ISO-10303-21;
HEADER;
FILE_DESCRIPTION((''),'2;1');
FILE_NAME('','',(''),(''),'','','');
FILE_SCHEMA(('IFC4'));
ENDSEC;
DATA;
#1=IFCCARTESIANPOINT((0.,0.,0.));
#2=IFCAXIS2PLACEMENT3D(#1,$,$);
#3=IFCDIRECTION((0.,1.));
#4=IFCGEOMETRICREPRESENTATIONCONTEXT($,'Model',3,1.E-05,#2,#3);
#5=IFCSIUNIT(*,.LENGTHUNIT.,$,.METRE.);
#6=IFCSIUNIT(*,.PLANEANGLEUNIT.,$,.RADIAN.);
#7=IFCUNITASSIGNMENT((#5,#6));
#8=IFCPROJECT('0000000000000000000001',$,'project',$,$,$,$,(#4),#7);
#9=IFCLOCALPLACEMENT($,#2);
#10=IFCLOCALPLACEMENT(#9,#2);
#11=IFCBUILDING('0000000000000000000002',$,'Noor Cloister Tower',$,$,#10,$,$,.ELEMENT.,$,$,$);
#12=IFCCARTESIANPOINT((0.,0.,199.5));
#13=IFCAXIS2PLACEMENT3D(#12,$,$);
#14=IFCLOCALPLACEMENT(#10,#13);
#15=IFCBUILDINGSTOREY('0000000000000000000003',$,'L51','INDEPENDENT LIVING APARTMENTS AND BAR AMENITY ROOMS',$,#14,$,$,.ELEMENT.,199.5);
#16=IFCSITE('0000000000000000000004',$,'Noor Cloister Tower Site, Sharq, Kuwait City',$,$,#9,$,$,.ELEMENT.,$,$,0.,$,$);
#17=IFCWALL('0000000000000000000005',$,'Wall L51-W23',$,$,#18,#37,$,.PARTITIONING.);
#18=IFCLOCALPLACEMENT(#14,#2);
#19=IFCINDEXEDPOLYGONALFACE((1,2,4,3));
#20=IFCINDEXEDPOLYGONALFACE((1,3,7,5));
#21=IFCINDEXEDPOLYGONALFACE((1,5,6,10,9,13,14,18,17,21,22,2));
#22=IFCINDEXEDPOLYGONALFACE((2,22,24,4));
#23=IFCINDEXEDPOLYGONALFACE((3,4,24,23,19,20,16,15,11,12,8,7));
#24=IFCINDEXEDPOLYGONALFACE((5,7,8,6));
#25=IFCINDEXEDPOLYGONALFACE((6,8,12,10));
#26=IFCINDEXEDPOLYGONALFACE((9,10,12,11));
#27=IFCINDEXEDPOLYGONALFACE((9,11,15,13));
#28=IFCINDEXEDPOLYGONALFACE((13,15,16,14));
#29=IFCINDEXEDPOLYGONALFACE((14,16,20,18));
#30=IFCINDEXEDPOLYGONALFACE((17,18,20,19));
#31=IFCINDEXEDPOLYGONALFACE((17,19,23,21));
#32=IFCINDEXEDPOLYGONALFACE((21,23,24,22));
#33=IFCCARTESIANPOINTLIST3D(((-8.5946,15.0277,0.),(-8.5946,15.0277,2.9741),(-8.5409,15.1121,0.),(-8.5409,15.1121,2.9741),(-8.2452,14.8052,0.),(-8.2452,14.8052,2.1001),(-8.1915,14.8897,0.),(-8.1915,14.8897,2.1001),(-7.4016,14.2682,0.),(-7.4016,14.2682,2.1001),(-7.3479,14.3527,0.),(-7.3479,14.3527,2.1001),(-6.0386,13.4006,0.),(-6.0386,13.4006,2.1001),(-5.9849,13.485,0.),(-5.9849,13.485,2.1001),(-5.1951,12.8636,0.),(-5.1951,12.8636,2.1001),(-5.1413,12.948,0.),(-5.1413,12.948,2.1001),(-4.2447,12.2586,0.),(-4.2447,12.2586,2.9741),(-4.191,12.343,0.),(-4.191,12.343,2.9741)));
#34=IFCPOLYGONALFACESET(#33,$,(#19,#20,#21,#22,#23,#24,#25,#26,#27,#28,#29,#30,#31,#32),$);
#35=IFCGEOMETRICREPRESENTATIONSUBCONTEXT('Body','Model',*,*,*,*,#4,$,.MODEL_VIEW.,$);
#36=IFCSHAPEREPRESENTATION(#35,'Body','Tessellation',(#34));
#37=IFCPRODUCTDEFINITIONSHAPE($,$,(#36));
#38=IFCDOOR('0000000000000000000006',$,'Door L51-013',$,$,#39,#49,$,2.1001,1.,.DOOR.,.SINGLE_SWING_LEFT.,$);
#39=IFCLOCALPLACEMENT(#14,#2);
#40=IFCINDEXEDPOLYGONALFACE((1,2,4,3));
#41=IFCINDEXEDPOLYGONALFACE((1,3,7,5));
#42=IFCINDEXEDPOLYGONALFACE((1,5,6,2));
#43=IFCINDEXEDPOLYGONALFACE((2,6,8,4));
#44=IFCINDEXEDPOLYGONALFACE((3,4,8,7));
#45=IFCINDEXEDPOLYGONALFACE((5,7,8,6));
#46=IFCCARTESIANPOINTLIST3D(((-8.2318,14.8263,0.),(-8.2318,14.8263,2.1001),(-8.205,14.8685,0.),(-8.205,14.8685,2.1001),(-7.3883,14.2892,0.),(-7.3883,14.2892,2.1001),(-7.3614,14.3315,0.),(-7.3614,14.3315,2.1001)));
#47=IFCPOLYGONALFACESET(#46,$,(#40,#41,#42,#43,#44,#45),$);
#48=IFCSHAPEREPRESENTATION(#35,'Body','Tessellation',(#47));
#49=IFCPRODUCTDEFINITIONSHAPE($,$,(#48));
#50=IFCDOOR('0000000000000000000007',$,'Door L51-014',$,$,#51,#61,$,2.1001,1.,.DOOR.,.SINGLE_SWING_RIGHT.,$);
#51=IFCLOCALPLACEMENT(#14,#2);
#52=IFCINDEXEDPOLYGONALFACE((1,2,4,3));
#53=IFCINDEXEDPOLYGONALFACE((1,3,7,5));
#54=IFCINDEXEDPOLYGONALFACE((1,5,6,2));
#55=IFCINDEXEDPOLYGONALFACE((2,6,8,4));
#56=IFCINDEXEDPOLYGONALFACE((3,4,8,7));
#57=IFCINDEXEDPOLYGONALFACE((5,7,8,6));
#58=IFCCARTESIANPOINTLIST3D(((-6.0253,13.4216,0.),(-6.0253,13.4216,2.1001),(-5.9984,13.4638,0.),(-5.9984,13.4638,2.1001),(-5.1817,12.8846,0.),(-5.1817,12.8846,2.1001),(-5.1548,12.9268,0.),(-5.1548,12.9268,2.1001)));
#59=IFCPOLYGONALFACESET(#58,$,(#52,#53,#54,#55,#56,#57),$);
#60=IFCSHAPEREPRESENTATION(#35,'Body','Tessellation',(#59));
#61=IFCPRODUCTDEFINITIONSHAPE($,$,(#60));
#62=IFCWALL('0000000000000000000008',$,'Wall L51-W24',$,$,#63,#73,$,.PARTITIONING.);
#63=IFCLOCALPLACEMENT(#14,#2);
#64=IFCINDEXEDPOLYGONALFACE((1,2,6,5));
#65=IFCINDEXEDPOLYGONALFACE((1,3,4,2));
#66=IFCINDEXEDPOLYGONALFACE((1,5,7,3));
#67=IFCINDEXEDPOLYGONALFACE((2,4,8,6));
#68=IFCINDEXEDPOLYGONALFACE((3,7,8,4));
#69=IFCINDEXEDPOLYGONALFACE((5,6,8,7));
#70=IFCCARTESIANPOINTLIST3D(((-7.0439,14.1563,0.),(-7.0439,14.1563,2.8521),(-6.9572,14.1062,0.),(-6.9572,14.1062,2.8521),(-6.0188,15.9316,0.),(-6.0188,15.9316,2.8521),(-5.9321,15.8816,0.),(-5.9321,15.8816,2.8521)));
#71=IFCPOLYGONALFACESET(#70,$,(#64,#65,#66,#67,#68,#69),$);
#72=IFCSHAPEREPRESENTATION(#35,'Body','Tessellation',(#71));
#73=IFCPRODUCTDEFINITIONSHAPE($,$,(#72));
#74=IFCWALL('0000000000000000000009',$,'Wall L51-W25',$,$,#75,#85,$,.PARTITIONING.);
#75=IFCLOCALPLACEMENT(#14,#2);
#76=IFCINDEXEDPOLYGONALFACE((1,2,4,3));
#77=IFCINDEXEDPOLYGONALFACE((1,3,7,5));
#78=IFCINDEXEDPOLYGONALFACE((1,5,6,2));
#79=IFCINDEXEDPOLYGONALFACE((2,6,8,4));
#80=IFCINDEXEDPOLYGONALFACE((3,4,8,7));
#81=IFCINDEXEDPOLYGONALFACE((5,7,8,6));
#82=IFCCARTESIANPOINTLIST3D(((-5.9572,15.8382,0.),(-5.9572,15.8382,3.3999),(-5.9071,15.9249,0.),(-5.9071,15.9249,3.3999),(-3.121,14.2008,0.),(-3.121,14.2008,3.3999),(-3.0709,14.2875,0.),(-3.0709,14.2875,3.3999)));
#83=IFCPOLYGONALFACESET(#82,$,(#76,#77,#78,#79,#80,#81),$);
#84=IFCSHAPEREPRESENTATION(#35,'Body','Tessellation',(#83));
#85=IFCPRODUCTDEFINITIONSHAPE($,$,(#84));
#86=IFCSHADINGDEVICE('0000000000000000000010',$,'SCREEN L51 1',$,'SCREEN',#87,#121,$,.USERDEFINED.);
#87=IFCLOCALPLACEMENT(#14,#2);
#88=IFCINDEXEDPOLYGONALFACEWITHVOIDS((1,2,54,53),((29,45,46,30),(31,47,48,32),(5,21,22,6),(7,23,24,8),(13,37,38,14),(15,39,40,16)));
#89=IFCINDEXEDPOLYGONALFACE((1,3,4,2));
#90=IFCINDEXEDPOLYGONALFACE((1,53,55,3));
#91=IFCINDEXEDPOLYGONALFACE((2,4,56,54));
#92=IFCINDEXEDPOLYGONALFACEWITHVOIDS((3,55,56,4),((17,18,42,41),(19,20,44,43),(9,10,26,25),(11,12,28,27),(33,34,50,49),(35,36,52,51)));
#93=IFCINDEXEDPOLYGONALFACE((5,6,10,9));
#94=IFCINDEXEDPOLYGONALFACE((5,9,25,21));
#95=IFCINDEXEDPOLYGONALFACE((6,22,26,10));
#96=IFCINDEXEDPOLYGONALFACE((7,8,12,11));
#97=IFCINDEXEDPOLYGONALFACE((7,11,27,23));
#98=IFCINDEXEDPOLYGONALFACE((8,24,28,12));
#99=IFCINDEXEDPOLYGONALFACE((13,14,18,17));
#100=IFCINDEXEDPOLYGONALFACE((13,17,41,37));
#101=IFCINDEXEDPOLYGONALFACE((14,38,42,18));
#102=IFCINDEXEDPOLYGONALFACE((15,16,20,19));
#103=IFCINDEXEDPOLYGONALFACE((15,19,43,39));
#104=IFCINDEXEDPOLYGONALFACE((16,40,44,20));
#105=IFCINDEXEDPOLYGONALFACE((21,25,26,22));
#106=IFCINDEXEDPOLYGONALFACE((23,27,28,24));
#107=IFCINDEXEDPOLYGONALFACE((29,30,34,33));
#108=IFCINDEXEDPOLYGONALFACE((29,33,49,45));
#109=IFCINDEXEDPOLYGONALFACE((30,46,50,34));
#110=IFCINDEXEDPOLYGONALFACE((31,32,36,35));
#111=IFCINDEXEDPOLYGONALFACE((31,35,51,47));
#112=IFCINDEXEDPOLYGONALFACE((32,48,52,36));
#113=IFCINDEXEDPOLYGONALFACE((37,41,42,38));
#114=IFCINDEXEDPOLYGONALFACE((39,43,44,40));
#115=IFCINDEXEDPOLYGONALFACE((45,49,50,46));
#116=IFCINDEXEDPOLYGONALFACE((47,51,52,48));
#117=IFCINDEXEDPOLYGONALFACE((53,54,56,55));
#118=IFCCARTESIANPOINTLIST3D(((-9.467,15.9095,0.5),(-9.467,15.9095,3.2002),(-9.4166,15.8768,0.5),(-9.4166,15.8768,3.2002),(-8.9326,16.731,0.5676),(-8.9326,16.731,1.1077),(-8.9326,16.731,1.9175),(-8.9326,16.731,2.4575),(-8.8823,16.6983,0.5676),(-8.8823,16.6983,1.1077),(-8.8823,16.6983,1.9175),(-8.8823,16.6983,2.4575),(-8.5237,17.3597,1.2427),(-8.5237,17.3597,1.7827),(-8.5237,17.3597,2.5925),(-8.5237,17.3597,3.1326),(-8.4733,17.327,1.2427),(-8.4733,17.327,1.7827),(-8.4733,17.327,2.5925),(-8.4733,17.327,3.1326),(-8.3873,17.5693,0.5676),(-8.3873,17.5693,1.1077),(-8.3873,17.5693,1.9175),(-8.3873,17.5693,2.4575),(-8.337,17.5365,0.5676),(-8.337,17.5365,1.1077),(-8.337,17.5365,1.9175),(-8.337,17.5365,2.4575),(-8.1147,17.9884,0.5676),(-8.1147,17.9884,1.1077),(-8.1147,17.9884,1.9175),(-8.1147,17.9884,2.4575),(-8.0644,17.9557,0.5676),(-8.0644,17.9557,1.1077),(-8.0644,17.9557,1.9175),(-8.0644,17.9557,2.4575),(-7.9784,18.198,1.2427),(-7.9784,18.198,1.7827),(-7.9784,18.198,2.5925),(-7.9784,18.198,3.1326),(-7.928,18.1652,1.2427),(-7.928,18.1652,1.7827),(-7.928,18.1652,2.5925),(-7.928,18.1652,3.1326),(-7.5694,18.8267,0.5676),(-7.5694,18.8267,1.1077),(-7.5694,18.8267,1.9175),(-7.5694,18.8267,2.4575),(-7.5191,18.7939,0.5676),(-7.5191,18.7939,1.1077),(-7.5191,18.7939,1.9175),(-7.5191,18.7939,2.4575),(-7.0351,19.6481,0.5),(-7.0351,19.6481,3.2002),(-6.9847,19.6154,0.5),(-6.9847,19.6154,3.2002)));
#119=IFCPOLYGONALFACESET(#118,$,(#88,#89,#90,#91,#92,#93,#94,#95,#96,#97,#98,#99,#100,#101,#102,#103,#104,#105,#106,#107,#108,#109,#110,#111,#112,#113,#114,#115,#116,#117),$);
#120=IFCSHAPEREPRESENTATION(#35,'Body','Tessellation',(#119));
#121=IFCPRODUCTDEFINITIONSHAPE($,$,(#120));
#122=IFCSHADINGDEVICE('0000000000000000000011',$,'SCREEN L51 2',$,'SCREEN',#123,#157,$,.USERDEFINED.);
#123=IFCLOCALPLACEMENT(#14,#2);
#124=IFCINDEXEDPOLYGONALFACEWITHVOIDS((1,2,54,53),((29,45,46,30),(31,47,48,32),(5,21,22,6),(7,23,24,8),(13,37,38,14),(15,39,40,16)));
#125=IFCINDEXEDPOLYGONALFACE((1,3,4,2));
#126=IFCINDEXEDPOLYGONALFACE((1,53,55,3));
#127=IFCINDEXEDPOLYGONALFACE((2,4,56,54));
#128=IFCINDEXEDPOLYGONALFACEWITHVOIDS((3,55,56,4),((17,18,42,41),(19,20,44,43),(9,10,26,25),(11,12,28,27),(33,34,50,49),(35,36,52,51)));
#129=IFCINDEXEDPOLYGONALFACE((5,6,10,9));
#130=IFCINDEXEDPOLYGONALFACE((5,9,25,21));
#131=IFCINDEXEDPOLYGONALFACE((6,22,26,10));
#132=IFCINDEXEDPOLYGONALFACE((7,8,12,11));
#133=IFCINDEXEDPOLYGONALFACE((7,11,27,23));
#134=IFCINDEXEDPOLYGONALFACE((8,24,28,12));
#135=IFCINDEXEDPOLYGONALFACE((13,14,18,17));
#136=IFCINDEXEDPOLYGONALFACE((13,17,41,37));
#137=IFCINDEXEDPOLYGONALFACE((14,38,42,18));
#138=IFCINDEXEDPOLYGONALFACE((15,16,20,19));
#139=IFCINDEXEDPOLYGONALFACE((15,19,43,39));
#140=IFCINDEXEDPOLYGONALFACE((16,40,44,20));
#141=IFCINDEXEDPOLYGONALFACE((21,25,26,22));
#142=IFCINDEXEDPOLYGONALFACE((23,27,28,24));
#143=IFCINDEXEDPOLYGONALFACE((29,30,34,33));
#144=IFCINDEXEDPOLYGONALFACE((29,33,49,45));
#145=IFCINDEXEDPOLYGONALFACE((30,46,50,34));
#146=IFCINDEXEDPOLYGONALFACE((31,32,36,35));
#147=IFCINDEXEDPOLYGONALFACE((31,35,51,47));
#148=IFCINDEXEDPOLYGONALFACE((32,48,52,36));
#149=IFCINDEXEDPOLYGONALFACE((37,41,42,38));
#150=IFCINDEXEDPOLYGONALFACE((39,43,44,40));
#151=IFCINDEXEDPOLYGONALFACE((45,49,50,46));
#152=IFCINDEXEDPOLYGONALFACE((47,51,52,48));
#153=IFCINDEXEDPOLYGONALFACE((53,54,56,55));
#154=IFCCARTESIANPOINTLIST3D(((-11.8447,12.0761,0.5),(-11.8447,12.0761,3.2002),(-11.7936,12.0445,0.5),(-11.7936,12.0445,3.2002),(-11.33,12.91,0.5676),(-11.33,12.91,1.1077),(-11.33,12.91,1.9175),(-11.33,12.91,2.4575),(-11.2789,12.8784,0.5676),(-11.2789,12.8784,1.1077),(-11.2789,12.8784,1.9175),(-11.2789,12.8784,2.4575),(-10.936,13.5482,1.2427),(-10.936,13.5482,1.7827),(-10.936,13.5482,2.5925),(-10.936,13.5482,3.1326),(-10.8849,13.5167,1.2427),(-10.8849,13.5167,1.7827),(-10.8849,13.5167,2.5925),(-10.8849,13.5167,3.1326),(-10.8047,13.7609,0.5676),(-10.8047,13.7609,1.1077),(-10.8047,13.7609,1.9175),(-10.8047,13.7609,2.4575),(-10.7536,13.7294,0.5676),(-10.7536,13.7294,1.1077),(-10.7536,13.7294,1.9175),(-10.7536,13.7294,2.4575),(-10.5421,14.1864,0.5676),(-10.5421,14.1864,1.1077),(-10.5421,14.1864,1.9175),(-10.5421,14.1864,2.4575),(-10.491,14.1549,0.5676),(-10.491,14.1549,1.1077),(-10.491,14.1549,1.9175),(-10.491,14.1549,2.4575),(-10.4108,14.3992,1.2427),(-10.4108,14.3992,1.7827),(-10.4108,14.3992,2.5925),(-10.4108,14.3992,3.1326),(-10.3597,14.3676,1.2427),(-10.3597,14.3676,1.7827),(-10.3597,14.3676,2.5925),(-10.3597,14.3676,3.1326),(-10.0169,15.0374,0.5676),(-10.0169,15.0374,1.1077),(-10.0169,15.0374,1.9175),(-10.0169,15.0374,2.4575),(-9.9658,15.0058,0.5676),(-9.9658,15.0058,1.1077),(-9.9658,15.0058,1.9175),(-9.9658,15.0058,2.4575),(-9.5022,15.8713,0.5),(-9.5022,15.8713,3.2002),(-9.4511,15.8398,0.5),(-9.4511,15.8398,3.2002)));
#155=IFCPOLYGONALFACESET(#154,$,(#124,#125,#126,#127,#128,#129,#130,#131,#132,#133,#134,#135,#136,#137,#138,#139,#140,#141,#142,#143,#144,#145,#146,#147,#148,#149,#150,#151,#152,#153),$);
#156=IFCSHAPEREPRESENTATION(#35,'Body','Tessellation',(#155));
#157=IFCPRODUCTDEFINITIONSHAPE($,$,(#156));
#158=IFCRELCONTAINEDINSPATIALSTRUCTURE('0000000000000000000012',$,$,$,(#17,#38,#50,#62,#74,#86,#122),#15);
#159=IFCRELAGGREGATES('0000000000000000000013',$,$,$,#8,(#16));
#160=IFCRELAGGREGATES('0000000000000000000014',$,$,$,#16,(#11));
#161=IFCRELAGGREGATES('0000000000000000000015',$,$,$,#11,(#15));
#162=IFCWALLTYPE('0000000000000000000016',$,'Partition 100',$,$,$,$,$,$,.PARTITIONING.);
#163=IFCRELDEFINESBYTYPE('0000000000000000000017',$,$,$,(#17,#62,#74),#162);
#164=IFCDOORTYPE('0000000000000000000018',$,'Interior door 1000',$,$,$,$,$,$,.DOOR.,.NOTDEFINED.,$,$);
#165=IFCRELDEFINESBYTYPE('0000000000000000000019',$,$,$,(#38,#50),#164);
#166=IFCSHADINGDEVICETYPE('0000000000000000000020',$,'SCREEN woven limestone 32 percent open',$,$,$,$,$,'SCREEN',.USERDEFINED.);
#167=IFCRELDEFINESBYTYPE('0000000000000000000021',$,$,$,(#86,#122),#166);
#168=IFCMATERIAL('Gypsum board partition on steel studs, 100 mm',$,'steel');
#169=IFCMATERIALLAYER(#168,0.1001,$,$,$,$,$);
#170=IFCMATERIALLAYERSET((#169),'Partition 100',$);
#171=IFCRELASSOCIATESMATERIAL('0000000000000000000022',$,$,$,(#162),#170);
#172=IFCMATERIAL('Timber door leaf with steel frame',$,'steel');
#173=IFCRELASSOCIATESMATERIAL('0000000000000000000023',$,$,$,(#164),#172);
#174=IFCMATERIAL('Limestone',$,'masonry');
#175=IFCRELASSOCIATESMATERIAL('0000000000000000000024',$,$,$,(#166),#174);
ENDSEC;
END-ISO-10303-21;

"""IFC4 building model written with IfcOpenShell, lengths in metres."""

from ifc_helpers import new_model, si_unit, direction, frame, frame_2d, origin, place, context, subcontext, project, spatial, polyline, rectangle, outline, extrude, material, layer, layer_set, material_profile, profile_set, type_object, element, fill, save


model = new_model("IFC4")

# Units and contexts
model_context = context("Model", 3, precision=1e-05, world=origin(), true_north=direction((0.0, 1.0)))
body_context = subcontext(model_context, "Body", "Model", "MODEL_VIEW")
ifc_project = project(units=[si_unit("LENGTHUNIT", "METRE"), si_unit("PLANEANGLEUNIT", "RADIAN")], contexts=[model_context])

# Site, building, storey
site_placement = place(None, origin())
site = spatial("IfcSite", under=ifc_project, at=site_placement, Name="Noor Cloister Tower Site, Sharq, Kuwait City", CompositionType="ELEMENT", RefElevation=0.0)
building_placement = place(site_placement, origin())
building = spatial("IfcBuilding", under=site, at=building_placement, Name="Noor Cloister Tower", CompositionType="ELEMENT")
storey_placement = place(building_placement, frame((0.0, 0.0, 199.5)))
storey = spatial("IfcBuildingStorey", under=building, at=storey_placement, Name="L51", Description="INDEPENDENT LIVING APARTMENTS AND BAR AMENITY ROOMS", CompositionType="ELEMENT", Elevation=199.5)

# Wall, openings, doors
ifc_material_1 = material(Name="Gypsum board partition on steel studs, 100 mm", Category="steel")
ifc_layer_1 = layer(ifc_material_1, 0.1001)
ifc_layer_set_1 = layer_set([ifc_layer_1], Name="Partition 100")
wall_type_1 = type_object("IfcWallType", Name="Partition 100", PredefinedType="PARTITIONING", material=ifc_layer_set_1)
wall_1_placement = place(storey_placement, frame((-8.5676, 15.0698, 0.0), z_axis=(0.0, 0.0, 1.0), x_axis=(0.843578, -0.537007, 0.0)))
wall_1 = element("IfcWall", 1, at=wall_1_placement, inside=storey, type_object=wall_type_1, Name="Wall L51-W23", PredefinedType="PARTITIONING", context=body_context, shape_type="SweptSolid", body=[
    extrude(rectangle(XDim=5.1565, YDim=0.1001, at=frame_2d((2.5781, 0.0))), origin(), (0.0, 0.0, 1.0), 2.9741),
])
opening_1_placement = place(wall_1_placement, frame((0.4141, 0.0, 0.0)))
opening_1 = element("IfcOpeningElement", 2, at=opening_1_placement, cuts=wall_1, PredefinedType="OPENING", context=body_context, shape_type="SweptSolid", body=[
    extrude(rectangle(XDim=1.0, YDim=2.1001, at=frame_2d((0.5, 1.05))), frame((0.0, 0.0601, 0.0), z_axis=(0.0, -1.0, 0.0), x_axis=(1.0, 0.0, 0.0)), (0.0, 0.0, 1.0), 0.1201),
])
opening_2_placement = place(wall_1_placement, frame((3.0298, 0.0, 0.0)))
opening_2 = element("IfcOpeningElement", 3, at=opening_2_placement, cuts=wall_1, PredefinedType="OPENING", context=body_context, shape_type="SweptSolid", body=[
    extrude(rectangle(XDim=1.0, YDim=2.1001, at=frame_2d((0.5, 1.05))), frame((0.0, 0.0601, 0.0), z_axis=(0.0, -1.0, 0.0), x_axis=(1.0, 0.0, 0.0)), (0.0, 0.0, 1.0), 0.1201),
])
ifc_material_2 = material(Name="Timber door leaf with steel frame", Category="steel")
door_type_1 = type_object("IfcDoorType", Name="Interior door 1000", OperationType="NOTDEFINED", PredefinedType="DOOR", material=ifc_material_2)
door_1_placement = place(opening_1_placement, origin())
door_1 = element("IfcDoor", 4, at=door_1_placement, inside=storey, type_object=door_type_1, Name="Door L51-013", OperationType="SINGLE_SWING_LEFT", OverallHeight=2.1001, OverallWidth=1.0, PredefinedType="DOOR", context=body_context, shape_type="SweptSolid", body=[
    extrude(rectangle(XDim=1.0, YDim=2.1001, at=frame_2d((0.5, 1.05))), frame((0.0, 0.0249, 0.0), z_axis=(0.0, -1.0, 0.0), x_axis=(1.0, 0.0, 0.0)), (0.0, 0.0, 1.0), 0.05),
])
fill(opening_1, door_1)
door_2_placement = place(opening_2_placement, origin())
door_2 = element("IfcDoor", 5, at=door_2_placement, inside=storey, type_object=door_type_1, Name="Door L51-014", OperationType="SINGLE_SWING_RIGHT", OverallHeight=2.1001, OverallWidth=1.0, PredefinedType="DOOR", context=body_context, shape_type="SweptSolid", body=[
    extrude(rectangle(XDim=1.0, YDim=2.1001, at=frame_2d((0.5, 1.05))), frame((0.0, 0.0249, 0.0), z_axis=(0.0, -1.0, 0.0), x_axis=(1.0, 0.0, 0.0)), (0.0, 0.0, 1.0), 0.05),
])
fill(opening_2, door_2)

# Walls
wall_2_placement = place(storey_placement, frame((-7.0005, 14.1313, 0.0), z_axis=(0.0, 0.0, 1.0), x_axis=(0.500045, 0.865999, 0.0)))
element("IfcWall", 6, at=wall_2_placement, inside=storey, type_object=wall_type_1, Name="Wall L51-W24", PredefinedType="PARTITIONING", context=body_context, shape_type="SweptSolid", body=[
    extrude(rectangle(XDim=2.05, YDim=0.1001, at=frame_2d((1.0249, 0.0))), origin(), (0.0, 0.0, 1.0), 2.8521),
])
wall_3_placement = place(storey_placement, frame((-5.9321, 15.8816, 0.0), z_axis=(0.0, 0.0, 1.0), x_axis=(0.866028, -0.499996, 0.0)))
element("IfcWall", 7, at=wall_3_placement, inside=storey, type_object=wall_type_1, Name="Wall L51-W25", PredefinedType="PARTITIONING", context=body_context, shape_type="SweptSolid", body=[
    extrude(rectangle(XDim=3.2749, YDim=0.1001, at=frame_2d((1.6375, 0.0))), origin(), (0.0, 0.0, 1.0), 3.3999),
])

# Shading devices
ifc_material_3 = material(Name="Limestone", Category="masonry")
ifc_material_profile_1 = material_profile(ifc_material_3, outline(polyline([(-2.23, -1.3501), (2.23, -1.3501), (2.23, 1.3501), (-2.23, 1.3501), (-2.23, -1.3501)]), holes=[polyline([(-1.25, -1.2825), (-0.25, -1.2825), (-0.25, -0.7424), (-1.25, -0.7424), (-1.25, -1.2825)]), polyline([(0.25, -1.2825), (1.25, -1.2825), (1.25, -0.7424), (0.25, -0.7424), (0.25, -1.2825)]), polyline([(-0.5, -0.6074), (0.5, -0.6074), (0.5, -0.0674), (-0.5, -0.0674), (-0.5, -0.6074)]), polyline([(-1.25, 0.0674), (-0.25, 0.0674), (-0.25, 0.6074), (-1.25, 0.6074), (-1.25, 0.0674)]), polyline([(0.25, 0.0674), (1.25, 0.0674), (1.25, 0.6074), (0.25, 0.6074), (0.25, 0.0674)]), polyline([(-0.5, 0.7424), (0.5, 0.7424), (0.5, 1.2825), (-0.5, 1.2825), (-0.5, 0.7424)])]), Name="Woven screen 32 percent open")
ifc_profile_set_1 = profile_set([ifc_material_profile_1], Name="Limestone")
shading_device_type = type_object("IfcShadingDeviceType", Name="SCREEN woven limestone 32 percent open", ElementType="SCREEN", PredefinedType="USERDEFINED", material=ifc_profile_set_1)
for number, where, z_axis, x_axis, name in (
    (8, (-8.2007, 17.7461, 1.8501), (-0.838258, 0.545274, 0.0), (-0.545274, -0.838258, 0.0), "SCREEN L51 1"),
    (9, (-10.6223, 13.9421, 1.8501), (-0.850959, 0.525233, 0.0), (-0.525233, -0.850959, 0.0), "SCREEN L51 2"),
):
    element("IfcShadingDevice", number, at=place(storey_placement, frame(where, z_axis=z_axis, x_axis=x_axis)), inside=storey, type_object=shading_device_type, Name=name, ObjectType="SCREEN", PredefinedType="USERDEFINED", context=body_context, shape_type="SweptSolid", body=[
        extrude(outline(polyline([(-2.23, -1.3501), (2.23, -1.3501), (2.23, 1.3501), (-2.23, 1.3501), (-2.23, -1.3501)]), holes=[polyline([(-1.25, -1.2825), (-0.25, -1.2825), (-0.25, -0.7424), (-1.25, -0.7424), (-1.25, -1.2825)]), polyline([(0.25, -1.2825), (1.25, -1.2825), (1.25, -0.7424), (0.25, -0.7424), (0.25, -1.2825)]), polyline([(-0.5, -0.6074), (0.5, -0.6074), (0.5, -0.0674), (-0.5, -0.0674), (-0.5, -0.6074)]), polyline([(-1.25, 0.0674), (-0.25, 0.0674), (-0.25, 0.6074), (-1.25, 0.6074), (-1.25, 0.0674)]), polyline([(0.25, 0.0674), (1.25, 0.0674), (1.25, 0.6074), (0.25, 0.6074), (0.25, 0.0674)]), polyline([(-0.5, 0.7424), (0.5, 0.7424), (0.5, 1.2825), (-0.5, 1.2825), (-0.5, 0.7424)])]), origin(), (0.0, 0.0, 1.0), 0.0601),
    ])

save(model, "model.ifc")
